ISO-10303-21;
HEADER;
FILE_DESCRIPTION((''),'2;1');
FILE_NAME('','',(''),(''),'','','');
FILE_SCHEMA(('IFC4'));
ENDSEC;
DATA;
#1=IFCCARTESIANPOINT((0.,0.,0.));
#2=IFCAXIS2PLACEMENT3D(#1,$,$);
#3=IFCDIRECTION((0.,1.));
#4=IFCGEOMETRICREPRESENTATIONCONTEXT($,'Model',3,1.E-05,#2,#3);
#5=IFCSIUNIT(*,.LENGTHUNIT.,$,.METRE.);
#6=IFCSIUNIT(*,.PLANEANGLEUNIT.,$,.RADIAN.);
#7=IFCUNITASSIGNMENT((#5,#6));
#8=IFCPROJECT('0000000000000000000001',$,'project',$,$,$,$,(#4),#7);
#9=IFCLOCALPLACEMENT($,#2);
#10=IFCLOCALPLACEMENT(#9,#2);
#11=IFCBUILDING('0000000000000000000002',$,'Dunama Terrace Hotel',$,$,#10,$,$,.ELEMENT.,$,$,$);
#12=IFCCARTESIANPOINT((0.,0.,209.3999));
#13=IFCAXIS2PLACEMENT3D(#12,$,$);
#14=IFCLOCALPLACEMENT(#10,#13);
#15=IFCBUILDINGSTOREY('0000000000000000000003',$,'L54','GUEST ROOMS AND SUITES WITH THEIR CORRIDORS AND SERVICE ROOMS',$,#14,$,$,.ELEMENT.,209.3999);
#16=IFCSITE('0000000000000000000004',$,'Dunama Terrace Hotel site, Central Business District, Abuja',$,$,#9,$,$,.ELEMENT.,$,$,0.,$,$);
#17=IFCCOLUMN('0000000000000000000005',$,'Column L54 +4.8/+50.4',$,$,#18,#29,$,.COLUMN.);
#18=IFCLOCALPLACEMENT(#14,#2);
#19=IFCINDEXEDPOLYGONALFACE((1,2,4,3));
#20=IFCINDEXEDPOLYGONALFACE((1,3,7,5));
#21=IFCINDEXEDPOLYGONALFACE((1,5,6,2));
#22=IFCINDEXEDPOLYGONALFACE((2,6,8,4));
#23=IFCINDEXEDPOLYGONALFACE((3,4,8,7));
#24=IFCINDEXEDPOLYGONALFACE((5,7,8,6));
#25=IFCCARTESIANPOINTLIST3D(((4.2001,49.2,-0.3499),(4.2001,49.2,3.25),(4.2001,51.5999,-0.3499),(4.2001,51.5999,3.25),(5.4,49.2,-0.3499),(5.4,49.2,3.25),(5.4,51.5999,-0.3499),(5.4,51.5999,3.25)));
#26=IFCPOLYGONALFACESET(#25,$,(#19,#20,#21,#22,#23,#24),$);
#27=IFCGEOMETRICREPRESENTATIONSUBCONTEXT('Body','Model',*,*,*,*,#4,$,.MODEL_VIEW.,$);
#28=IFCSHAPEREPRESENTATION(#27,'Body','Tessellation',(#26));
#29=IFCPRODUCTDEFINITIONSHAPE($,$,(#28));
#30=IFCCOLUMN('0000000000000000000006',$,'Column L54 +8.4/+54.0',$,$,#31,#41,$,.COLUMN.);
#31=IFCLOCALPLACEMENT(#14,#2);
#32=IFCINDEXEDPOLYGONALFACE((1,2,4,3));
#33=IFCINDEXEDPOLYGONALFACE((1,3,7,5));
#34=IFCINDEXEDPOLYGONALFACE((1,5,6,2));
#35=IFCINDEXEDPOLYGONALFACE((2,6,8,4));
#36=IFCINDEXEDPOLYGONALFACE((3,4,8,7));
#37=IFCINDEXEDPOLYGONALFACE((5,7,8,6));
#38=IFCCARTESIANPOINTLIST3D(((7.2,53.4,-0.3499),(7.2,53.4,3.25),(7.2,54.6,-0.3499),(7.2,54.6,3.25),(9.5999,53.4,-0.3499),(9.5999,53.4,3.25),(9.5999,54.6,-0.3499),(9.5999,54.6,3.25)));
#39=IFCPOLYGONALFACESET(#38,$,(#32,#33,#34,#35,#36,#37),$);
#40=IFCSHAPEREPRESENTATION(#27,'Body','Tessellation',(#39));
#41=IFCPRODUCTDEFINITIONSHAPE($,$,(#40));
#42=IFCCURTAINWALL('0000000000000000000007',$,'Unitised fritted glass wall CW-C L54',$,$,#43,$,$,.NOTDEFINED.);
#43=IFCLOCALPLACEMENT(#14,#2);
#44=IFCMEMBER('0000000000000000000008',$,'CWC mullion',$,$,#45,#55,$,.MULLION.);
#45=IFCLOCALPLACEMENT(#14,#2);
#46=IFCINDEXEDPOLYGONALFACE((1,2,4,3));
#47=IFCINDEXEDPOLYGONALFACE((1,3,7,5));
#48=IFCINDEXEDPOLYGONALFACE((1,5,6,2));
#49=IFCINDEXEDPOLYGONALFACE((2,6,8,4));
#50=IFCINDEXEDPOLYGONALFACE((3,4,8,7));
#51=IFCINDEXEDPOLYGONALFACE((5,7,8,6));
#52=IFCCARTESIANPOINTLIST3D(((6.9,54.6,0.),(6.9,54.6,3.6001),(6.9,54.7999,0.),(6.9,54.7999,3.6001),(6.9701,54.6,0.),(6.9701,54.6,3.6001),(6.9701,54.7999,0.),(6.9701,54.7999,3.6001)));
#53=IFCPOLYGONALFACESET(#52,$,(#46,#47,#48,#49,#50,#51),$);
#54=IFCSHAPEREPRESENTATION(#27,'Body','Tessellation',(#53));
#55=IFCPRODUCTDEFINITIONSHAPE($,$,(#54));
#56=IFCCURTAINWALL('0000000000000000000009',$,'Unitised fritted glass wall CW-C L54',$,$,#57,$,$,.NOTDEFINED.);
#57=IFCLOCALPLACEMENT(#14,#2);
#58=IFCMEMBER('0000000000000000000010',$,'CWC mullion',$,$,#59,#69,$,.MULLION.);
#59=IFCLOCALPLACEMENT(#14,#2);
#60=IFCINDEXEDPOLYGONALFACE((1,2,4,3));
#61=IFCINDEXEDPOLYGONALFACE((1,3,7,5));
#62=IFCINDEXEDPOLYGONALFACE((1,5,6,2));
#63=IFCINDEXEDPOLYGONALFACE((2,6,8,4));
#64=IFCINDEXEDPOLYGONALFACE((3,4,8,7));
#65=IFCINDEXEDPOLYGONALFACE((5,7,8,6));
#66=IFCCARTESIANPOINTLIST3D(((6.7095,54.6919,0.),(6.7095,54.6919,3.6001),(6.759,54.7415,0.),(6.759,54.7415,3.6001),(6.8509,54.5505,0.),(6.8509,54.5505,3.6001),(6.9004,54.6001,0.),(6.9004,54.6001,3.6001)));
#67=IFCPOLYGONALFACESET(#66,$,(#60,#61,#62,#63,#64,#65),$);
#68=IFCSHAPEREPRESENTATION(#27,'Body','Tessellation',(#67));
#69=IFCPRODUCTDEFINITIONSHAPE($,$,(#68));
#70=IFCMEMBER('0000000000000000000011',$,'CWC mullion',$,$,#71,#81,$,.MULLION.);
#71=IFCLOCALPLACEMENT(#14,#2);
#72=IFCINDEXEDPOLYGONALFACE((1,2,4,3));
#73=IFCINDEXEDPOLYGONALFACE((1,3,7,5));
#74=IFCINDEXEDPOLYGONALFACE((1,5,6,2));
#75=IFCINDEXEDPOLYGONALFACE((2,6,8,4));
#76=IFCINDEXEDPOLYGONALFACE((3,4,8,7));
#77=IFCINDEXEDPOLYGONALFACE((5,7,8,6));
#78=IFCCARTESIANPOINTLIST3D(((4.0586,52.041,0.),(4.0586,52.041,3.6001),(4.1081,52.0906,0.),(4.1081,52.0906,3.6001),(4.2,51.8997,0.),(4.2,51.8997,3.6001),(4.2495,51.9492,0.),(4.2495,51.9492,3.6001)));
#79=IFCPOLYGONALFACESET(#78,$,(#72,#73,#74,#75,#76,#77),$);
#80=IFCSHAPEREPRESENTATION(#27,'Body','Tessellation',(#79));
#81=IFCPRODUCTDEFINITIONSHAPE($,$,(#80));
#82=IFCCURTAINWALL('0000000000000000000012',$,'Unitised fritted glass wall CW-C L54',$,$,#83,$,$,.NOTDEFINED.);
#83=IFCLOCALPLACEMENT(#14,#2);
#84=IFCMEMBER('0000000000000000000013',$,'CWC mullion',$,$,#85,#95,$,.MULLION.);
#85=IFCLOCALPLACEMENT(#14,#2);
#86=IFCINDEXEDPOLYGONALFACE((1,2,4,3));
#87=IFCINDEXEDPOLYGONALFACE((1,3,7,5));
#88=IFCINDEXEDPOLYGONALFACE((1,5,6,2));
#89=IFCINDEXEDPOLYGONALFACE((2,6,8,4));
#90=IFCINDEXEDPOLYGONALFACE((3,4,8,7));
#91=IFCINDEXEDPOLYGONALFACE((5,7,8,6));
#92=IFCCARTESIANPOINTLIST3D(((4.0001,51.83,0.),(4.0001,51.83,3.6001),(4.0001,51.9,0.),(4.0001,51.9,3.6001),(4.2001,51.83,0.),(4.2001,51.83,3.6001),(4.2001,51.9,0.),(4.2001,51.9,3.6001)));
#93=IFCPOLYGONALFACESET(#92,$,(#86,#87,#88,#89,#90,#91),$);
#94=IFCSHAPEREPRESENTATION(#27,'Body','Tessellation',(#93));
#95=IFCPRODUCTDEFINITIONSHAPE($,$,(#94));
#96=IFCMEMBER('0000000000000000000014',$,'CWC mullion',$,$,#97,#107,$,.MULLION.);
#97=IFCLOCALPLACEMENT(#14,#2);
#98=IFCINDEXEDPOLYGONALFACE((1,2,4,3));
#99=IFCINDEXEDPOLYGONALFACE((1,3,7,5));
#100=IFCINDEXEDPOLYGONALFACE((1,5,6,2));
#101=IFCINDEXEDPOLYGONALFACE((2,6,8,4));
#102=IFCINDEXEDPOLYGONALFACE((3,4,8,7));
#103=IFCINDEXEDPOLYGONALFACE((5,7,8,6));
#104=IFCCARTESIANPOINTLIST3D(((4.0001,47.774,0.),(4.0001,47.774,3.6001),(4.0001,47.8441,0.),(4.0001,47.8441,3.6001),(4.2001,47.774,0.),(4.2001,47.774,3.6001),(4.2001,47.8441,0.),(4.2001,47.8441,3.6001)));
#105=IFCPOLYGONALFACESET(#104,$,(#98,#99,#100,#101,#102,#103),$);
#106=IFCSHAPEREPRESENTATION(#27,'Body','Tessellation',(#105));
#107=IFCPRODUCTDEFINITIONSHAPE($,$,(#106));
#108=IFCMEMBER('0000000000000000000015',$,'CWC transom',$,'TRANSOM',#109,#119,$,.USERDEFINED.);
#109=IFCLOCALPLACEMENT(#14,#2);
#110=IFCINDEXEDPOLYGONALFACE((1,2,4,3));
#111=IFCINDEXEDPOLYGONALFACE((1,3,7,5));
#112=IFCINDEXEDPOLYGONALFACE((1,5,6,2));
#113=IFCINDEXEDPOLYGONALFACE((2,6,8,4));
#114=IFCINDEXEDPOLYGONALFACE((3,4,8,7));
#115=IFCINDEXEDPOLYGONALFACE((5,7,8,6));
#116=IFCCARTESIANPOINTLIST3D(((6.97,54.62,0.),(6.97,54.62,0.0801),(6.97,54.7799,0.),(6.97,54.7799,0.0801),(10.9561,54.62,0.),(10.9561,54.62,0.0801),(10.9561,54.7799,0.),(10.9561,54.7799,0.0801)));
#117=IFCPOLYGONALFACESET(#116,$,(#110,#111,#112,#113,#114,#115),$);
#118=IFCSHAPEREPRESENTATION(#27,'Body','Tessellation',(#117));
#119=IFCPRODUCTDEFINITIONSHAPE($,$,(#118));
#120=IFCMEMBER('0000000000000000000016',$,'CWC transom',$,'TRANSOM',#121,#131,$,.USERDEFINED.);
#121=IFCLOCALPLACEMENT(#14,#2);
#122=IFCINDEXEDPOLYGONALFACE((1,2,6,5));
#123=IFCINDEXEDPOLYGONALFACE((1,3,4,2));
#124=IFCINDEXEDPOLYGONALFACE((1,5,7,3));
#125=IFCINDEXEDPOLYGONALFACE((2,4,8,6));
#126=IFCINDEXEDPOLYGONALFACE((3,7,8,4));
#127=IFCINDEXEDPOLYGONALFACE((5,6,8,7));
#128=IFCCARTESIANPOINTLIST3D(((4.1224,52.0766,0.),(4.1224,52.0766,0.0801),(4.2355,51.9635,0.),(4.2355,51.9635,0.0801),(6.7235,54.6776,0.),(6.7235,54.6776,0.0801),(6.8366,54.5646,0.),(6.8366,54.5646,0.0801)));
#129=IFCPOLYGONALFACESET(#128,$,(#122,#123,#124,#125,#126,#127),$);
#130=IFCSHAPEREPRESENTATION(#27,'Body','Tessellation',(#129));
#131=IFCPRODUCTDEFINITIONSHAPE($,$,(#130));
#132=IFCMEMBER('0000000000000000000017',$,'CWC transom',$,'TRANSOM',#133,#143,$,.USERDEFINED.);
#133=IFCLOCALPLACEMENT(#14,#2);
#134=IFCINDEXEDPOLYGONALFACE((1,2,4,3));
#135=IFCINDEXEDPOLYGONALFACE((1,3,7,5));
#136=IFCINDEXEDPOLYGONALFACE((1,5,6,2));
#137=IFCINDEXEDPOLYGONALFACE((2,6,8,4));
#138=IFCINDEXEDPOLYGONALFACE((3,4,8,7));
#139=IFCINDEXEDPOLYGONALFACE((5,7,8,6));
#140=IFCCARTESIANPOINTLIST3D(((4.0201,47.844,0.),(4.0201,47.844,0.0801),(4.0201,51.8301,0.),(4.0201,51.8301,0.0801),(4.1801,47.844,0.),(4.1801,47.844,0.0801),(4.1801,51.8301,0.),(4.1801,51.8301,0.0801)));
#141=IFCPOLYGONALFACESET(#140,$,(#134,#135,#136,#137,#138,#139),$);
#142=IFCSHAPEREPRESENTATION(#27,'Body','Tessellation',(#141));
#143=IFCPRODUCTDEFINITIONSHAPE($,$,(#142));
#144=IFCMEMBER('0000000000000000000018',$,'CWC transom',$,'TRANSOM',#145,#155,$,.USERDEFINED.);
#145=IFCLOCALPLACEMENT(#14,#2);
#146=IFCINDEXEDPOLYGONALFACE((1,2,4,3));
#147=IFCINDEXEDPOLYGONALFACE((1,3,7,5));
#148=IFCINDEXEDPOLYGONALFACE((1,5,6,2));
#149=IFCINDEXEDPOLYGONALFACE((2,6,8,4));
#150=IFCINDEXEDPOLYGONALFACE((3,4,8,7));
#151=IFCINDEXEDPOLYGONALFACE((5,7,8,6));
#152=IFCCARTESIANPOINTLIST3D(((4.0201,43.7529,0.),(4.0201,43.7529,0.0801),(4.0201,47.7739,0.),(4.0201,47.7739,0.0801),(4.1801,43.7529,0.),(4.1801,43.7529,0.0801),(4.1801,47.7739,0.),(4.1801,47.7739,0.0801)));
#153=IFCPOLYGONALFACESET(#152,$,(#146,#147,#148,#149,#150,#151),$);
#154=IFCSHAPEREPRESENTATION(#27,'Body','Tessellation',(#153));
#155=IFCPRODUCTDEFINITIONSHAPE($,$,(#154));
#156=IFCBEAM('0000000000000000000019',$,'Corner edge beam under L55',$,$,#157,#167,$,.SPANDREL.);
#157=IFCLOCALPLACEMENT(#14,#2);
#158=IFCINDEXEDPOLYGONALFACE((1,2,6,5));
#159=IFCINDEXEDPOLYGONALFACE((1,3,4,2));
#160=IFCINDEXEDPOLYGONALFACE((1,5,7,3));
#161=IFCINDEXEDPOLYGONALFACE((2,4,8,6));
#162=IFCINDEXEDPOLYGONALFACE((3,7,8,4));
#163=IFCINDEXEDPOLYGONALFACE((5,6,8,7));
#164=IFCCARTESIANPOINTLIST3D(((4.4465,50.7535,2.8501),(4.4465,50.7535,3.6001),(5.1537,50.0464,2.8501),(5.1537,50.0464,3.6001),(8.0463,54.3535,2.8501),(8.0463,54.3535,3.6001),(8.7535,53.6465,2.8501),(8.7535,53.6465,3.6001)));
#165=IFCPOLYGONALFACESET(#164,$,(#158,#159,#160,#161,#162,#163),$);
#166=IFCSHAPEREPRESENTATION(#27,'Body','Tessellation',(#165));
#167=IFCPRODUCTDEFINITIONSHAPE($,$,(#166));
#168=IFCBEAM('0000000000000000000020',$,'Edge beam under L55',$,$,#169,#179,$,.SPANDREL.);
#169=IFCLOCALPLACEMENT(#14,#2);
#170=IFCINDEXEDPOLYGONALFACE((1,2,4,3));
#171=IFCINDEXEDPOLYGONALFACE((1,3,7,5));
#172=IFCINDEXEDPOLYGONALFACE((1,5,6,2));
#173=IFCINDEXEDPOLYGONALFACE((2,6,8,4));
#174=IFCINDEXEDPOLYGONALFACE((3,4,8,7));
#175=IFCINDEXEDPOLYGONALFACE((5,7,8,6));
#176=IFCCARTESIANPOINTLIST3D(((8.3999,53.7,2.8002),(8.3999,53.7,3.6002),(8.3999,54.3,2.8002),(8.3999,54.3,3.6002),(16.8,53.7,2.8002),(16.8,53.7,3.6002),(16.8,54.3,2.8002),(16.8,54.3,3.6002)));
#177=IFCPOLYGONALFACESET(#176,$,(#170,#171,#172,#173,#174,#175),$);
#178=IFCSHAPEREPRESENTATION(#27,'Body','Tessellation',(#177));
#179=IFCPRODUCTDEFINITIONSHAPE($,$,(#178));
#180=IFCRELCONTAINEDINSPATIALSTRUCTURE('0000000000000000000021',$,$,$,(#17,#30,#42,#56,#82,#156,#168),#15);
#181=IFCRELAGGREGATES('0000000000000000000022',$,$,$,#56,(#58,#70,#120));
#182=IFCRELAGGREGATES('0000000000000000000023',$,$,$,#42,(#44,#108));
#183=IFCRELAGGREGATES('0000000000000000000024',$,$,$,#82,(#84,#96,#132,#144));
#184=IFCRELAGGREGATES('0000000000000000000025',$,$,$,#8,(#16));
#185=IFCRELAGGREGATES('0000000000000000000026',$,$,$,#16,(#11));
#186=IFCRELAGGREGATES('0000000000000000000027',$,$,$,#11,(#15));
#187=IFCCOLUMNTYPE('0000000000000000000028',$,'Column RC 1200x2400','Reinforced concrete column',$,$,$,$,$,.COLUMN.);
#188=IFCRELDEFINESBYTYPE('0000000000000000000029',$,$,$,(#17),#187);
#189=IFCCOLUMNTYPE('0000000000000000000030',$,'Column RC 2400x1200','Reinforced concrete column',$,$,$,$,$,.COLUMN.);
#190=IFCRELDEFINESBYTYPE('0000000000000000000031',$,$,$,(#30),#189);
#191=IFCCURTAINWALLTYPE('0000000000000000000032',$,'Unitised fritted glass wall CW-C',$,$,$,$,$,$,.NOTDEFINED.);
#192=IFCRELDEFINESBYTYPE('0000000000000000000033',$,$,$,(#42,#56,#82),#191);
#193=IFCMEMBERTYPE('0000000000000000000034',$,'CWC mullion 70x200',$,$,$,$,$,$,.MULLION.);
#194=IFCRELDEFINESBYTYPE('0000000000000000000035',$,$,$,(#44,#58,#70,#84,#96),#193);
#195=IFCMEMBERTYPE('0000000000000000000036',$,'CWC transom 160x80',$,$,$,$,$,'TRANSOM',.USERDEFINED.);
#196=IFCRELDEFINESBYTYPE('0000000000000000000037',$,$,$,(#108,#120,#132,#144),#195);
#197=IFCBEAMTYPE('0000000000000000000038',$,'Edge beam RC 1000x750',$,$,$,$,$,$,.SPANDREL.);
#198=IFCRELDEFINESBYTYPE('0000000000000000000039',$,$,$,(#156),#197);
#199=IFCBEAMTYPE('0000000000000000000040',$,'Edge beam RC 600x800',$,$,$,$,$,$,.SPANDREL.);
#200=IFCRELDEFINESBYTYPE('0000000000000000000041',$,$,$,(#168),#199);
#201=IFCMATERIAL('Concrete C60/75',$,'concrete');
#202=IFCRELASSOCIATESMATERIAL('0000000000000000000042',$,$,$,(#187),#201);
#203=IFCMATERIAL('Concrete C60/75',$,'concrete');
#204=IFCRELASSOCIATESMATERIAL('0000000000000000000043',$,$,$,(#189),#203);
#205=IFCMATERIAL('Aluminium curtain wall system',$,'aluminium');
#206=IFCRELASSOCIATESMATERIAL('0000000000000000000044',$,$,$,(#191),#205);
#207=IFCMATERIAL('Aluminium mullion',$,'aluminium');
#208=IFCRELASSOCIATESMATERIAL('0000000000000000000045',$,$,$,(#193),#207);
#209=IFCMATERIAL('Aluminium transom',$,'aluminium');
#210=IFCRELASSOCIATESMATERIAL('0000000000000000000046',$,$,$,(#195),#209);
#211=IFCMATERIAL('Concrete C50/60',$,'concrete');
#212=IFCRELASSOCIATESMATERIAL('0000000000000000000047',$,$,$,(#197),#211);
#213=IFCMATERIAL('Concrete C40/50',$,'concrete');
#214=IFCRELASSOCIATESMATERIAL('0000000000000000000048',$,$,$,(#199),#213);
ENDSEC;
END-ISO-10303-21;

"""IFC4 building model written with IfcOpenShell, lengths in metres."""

from ifc_helpers import new_model, si_unit, direction, frame, origin, origin_2d, place, context, subcontext, project, spatial, rectangle, extrude, material, material_profile, profile_set, type_object, element, aggregate, save


model = new_model("IFC4")

# Units and contexts
model_context = context("Model", 3, precision=1e-05, world=origin(), true_north=direction((0.0, 1.0)))
body_context = subcontext(model_context, "Body", "Model", "MODEL_VIEW")
ifc_project = project(units=[si_unit("LENGTHUNIT", "METRE"), si_unit("PLANEANGLEUNIT", "RADIAN")], contexts=[model_context])

# Site, building, storey
site_placement = place(None, origin())
site = spatial("IfcSite", under=ifc_project, at=site_placement, Name="Dunama Terrace Hotel site, Central Business District, Abuja", CompositionType="ELEMENT", RefElevation=0.0)
building_placement = place(site_placement, origin())
building = spatial("IfcBuilding", under=site, at=building_placement, Name="Dunama Terrace Hotel", CompositionType="ELEMENT")
storey_placement = place(building_placement, frame((0.0, 0.0, 209.3999)))
storey = spatial("IfcBuildingStorey", under=building, at=storey_placement, Name="L54", Description="GUEST ROOMS AND SUITES WITH THEIR CORRIDORS AND SERVICE ROOMS", CompositionType="ELEMENT", Elevation=209.3999)

# Columns
ifc_material_1 = material(Name="Concrete C60/75", Category="concrete")
ifc_material_profile_1 = material_profile(ifc_material_1, rectangle(XDim=1.2, YDim=2.3999, at=origin_2d()), Name="RC 1200x2400")
ifc_profile_set_1 = profile_set([ifc_material_profile_1], Name="Concrete C60/75")
column_type_1 = type_object("IfcColumnType", Name="Column RC 1200x2400", Description="Reinforced concrete column", PredefinedType="COLUMN", material=ifc_profile_set_1)
column_1_placement = place(storey_placement, frame((4.8, 50.3999, -0.3499), z_axis=(0.0, 0.0, 1.0), x_axis=(1.0, 0.0, 0.0)))
element("IfcColumn", 1, at=column_1_placement, inside=storey, type_object=column_type_1, Name="Column L54 +4.8/+50.4", PredefinedType="COLUMN", context=body_context, shape_type="SweptSolid", body=[
    extrude(rectangle(XDim=1.2, YDim=2.3999, at=origin_2d()), origin(), (0.0, 0.0, 1.0), 3.5999),
])
ifc_material_2 = material(Name="Concrete C60/75", Category="concrete")
ifc_material_profile_2 = material_profile(ifc_material_2, rectangle(XDim=2.3999, YDim=1.2, at=origin_2d()), Name="RC 2400x1200")
ifc_profile_set_2 = profile_set([ifc_material_profile_2], Name="Concrete C60/75")
column_type_2 = type_object("IfcColumnType", Name="Column RC 2400x1200", Description="Reinforced concrete column", PredefinedType="COLUMN", material=ifc_profile_set_2)
column_2_placement = place(storey_placement, frame((8.3999, 54.0, -0.3499), z_axis=(0.0, 0.0, 1.0), x_axis=(1.0, 0.0, 0.0)))
element("IfcColumn", 2, at=column_2_placement, inside=storey, type_object=column_type_2, Name="Column L54 +8.4/+54.0", PredefinedType="COLUMN", context=body_context, shape_type="SweptSolid", body=[
    extrude(rectangle(XDim=2.3999, YDim=1.2, at=origin_2d()), origin(), (0.0, 0.0, 1.0), 3.5999),
])

# Curtain wall, member
ifc_material_3 = material(Name="Aluminium curtain wall system", Category="aluminium")
curtain_wall_type = type_object("IfcCurtainWallType", Name="Unitised fritted glass wall CW-C", PredefinedType="NOTDEFINED", material=ifc_material_3)
curtain_wall_1_placement = place(storey_placement, origin())
curtain_wall_1 = element("IfcCurtainWall", 3, at=curtain_wall_1_placement, inside=storey, type_object=curtain_wall_type, Name="Unitised fritted glass wall CW-C L54", PredefinedType="NOTDEFINED")
ifc_material_4 = material(Name="Aluminium mullion", Category="aluminium")
ifc_material_profile_3 = material_profile(ifc_material_4, rectangle(XDim=0.0701, YDim=0.2, at=origin_2d()), Name="CWC MULLION 70X200")
ifc_profile_set_3 = profile_set([ifc_material_profile_3], Name="Aluminium mullion")
member_type_1 = type_object("IfcMemberType", Name="CWC mullion 70x200", PredefinedType="MULLION", material=ifc_profile_set_3)
member_1_placement = place(storey_placement, frame((6.9351, 54.7, 0.0), z_axis=(0.0, 0.0, 1.0), x_axis=(-1.0, 0.0, 0.0)))
member_1 = element("IfcMember", 4, at=member_1_placement, type_object=member_type_1, Name="CWC mullion", PredefinedType="MULLION", context=body_context, shape_type="SweptSolid", body=[
    extrude(rectangle(XDim=0.0701, YDim=0.2, at=origin_2d()), origin(), (0.0, 0.0, 1.0), 3.6001),
])

# Curtain walls, members
curtain_wall_2_placement = place(storey_placement, origin())
curtain_wall_2 = element("IfcCurtainWall", 5, at=curtain_wall_2_placement, inside=storey, type_object=curtain_wall_type, Name="Unitised fritted glass wall CW-C L54", PredefinedType="NOTDEFINED")
member_2_placement = place(storey_placement, frame((6.8049, 54.646, 0.0), z_axis=(0.0, 0.0, 1.0), x_axis=(-0.707107, -0.707107, 0.0)))
member_2 = element("IfcMember", 6, at=member_2_placement, type_object=member_type_1, Name="CWC mullion", PredefinedType="MULLION", context=body_context, shape_type="SweptSolid", body=[
    extrude(rectangle(XDim=0.0701, YDim=0.2, at=origin_2d()), origin(), (0.0, 0.0, 1.0), 3.6001),
])
member_3_placement = place(storey_placement, frame((4.1541, 51.9951, 0.0), z_axis=(0.0, 0.0, 1.0), x_axis=(-0.707107, -0.707107, 0.0)))
member_3 = element("IfcMember", 7, at=member_3_placement, type_object=member_type_1, Name="CWC mullion", PredefinedType="MULLION", context=body_context, shape_type="SweptSolid", body=[
    extrude(rectangle(XDim=0.0701, YDim=0.2, at=origin_2d()), origin(), (0.0, 0.0, 1.0), 3.6001),
])
curtain_wall_3_placement = place(storey_placement, origin())
curtain_wall_3 = element("IfcCurtainWall", 8, at=curtain_wall_3_placement, inside=storey, type_object=curtain_wall_type, Name="Unitised fritted glass wall CW-C L54", PredefinedType="NOTDEFINED")
member_4_placement = place(storey_placement, frame((4.1001, 51.865, 0.0), z_axis=(0.0, 0.0, 1.0), x_axis=(0.0, -1.0, 0.0)))
member_4 = element("IfcMember", 9, at=member_4_placement, type_object=member_type_1, Name="CWC mullion", PredefinedType="MULLION", context=body_context, shape_type="SweptSolid", body=[
    extrude(rectangle(XDim=0.0701, YDim=0.2, at=origin_2d()), origin(), (0.0, 0.0, 1.0), 3.6001),
])
member_5_placement = place(storey_placement, frame((4.1001, 47.8091, 0.0), z_axis=(0.0, 0.0, 1.0), x_axis=(0.0, -1.0, 0.0)))
member_5 = element("IfcMember", 10, at=member_5_placement, type_object=member_type_1, Name="CWC mullion", PredefinedType="MULLION", context=body_context, shape_type="SweptSolid", body=[
    extrude(rectangle(XDim=0.0701, YDim=0.2, at=origin_2d()), origin(), (0.0, 0.0, 1.0), 3.6001),
])

# Members
ifc_material_5 = material(Name="Aluminium transom", Category="aluminium")
ifc_material_profile_4 = material_profile(ifc_material_5, rectangle(XDim=0.1599, YDim=0.0801, at=origin_2d()), Name="CWC TRANSOM 160X80")
ifc_profile_set_4 = profile_set([ifc_material_profile_4], Name="Aluminium transom")
member_type_2 = type_object("IfcMemberType", Name="CWC transom 160x80", ElementType="TRANSOM", PredefinedType="USERDEFINED", material=ifc_profile_set_4)
member_6_placement = place(storey_placement, frame((10.9561, 54.7, 0.04), z_axis=(-1.0, 0.0, 0.0), x_axis=(0.0, -1.0, 0.0)))
member_6 = element("IfcMember", 11, at=member_6_placement, type_object=member_type_2, Name="CWC transom", ObjectType="TRANSOM", PredefinedType="USERDEFINED", context=body_context, shape_type="SweptSolid", body=[
    extrude(rectangle(XDim=0.1599, YDim=0.0801, at=origin_2d()), origin(), (0.0, 0.0, 1.0), 3.9861),
])
member_7_placement = place(storey_placement, frame((6.78, 54.6211, 0.04), z_axis=(-0.707107, -0.707107, 0.0), x_axis=(0.707107, -0.707107, 0.0)))
member_7 = element("IfcMember", 12, at=member_7_placement, type_object=member_type_2, Name="CWC transom", ObjectType="TRANSOM", PredefinedType="USERDEFINED", context=body_context, shape_type="SweptSolid", body=[
    extrude(rectangle(XDim=0.1599, YDim=0.0801, at=origin_2d()), origin(), (0.0, 0.0, 1.0), 3.6785),
])
member_8_placement = place(storey_placement, frame((4.1001, 51.8301, 0.04), z_axis=(0.0, -1.0, 0.0), x_axis=(1.0, 0.0, 0.0)))
member_8 = element("IfcMember", 13, at=member_8_placement, type_object=member_type_2, Name="CWC transom", ObjectType="TRANSOM", PredefinedType="USERDEFINED", context=body_context, shape_type="SweptSolid", body=[
    extrude(rectangle(XDim=0.1599, YDim=0.0801, at=origin_2d()), origin(), (0.0, 0.0, 1.0), 3.9861),
])
member_9_placement = place(storey_placement, frame((4.1001, 47.7739, 0.04), z_axis=(0.0, -1.0, 0.0), x_axis=(1.0, 0.0, 0.0)))
member_9 = element("IfcMember", 14, at=member_9_placement, type_object=member_type_2, Name="CWC transom", ObjectType="TRANSOM", PredefinedType="USERDEFINED", context=body_context, shape_type="SweptSolid", body=[
    extrude(rectangle(XDim=0.1599, YDim=0.0801, at=origin_2d()), origin(), (0.0, 0.0, 1.0), 4.021),
])

# Beams
ifc_material_6 = material(Name="Concrete C50/60", Category="concrete")
ifc_material_profile_5 = material_profile(ifc_material_6, rectangle(XDim=1.0, YDim=0.75, at=origin_2d()), Name="RC 1000x750")
ifc_profile_set_5 = profile_set([ifc_material_profile_5], Name="Concrete C50/60")
beam_type_1 = type_object("IfcBeamType", Name="Edge beam RC 1000x750", PredefinedType="SPANDREL", material=ifc_profile_set_5)
beam_1_placement = place(storey_placement, frame((8.3999, 54.0, 3.2251), z_axis=(-0.707083, -0.707131, 0.0), x_axis=(0.707131, -0.707083, 0.0)))
element("IfcBeam", 15, at=beam_1_placement, inside=storey, type_object=beam_type_1, Name="Corner edge beam under L55", PredefinedType="SPANDREL", context=body_context, shape_type="SweptSolid", body=[
    extrude(rectangle(XDim=1.0, YDim=0.75, at=origin_2d()), origin(), (0.0, 0.0, 1.0), 5.0911),
])
ifc_material_7 = material(Name="Concrete C40/50", Category="concrete")
ifc_material_profile_6 = material_profile(ifc_material_7, rectangle(XDim=0.6001, YDim=0.8, at=origin_2d()), Name="RC 600x800")
ifc_profile_set_6 = profile_set([ifc_material_profile_6], Name="Concrete C40/50")
beam_type_2 = type_object("IfcBeamType", Name="Edge beam RC 600x800", PredefinedType="SPANDREL", material=ifc_profile_set_6)
beam_2_placement = place(storey_placement, frame((8.3999, 54.0, 3.2002), z_axis=(1.0, 0.0, 0.0), x_axis=(0.0, 1.0, 0.0)))
element("IfcBeam", 16, at=beam_2_placement, inside=storey, type_object=beam_type_2, Name="Edge beam under L55", PredefinedType="SPANDREL", context=body_context, shape_type="SweptSolid", body=[
    extrude(rectangle(XDim=0.6001, YDim=0.8, at=origin_2d()), origin(), (0.0, 0.0, 1.0), 8.4001),
])

aggregate(curtain_wall_2, [member_2, member_3, member_7])
aggregate(curtain_wall_1, [member_1, member_6])
aggregate(curtain_wall_3, [member_4, member_5, member_8, member_9])

save(model, "model.ifc")
